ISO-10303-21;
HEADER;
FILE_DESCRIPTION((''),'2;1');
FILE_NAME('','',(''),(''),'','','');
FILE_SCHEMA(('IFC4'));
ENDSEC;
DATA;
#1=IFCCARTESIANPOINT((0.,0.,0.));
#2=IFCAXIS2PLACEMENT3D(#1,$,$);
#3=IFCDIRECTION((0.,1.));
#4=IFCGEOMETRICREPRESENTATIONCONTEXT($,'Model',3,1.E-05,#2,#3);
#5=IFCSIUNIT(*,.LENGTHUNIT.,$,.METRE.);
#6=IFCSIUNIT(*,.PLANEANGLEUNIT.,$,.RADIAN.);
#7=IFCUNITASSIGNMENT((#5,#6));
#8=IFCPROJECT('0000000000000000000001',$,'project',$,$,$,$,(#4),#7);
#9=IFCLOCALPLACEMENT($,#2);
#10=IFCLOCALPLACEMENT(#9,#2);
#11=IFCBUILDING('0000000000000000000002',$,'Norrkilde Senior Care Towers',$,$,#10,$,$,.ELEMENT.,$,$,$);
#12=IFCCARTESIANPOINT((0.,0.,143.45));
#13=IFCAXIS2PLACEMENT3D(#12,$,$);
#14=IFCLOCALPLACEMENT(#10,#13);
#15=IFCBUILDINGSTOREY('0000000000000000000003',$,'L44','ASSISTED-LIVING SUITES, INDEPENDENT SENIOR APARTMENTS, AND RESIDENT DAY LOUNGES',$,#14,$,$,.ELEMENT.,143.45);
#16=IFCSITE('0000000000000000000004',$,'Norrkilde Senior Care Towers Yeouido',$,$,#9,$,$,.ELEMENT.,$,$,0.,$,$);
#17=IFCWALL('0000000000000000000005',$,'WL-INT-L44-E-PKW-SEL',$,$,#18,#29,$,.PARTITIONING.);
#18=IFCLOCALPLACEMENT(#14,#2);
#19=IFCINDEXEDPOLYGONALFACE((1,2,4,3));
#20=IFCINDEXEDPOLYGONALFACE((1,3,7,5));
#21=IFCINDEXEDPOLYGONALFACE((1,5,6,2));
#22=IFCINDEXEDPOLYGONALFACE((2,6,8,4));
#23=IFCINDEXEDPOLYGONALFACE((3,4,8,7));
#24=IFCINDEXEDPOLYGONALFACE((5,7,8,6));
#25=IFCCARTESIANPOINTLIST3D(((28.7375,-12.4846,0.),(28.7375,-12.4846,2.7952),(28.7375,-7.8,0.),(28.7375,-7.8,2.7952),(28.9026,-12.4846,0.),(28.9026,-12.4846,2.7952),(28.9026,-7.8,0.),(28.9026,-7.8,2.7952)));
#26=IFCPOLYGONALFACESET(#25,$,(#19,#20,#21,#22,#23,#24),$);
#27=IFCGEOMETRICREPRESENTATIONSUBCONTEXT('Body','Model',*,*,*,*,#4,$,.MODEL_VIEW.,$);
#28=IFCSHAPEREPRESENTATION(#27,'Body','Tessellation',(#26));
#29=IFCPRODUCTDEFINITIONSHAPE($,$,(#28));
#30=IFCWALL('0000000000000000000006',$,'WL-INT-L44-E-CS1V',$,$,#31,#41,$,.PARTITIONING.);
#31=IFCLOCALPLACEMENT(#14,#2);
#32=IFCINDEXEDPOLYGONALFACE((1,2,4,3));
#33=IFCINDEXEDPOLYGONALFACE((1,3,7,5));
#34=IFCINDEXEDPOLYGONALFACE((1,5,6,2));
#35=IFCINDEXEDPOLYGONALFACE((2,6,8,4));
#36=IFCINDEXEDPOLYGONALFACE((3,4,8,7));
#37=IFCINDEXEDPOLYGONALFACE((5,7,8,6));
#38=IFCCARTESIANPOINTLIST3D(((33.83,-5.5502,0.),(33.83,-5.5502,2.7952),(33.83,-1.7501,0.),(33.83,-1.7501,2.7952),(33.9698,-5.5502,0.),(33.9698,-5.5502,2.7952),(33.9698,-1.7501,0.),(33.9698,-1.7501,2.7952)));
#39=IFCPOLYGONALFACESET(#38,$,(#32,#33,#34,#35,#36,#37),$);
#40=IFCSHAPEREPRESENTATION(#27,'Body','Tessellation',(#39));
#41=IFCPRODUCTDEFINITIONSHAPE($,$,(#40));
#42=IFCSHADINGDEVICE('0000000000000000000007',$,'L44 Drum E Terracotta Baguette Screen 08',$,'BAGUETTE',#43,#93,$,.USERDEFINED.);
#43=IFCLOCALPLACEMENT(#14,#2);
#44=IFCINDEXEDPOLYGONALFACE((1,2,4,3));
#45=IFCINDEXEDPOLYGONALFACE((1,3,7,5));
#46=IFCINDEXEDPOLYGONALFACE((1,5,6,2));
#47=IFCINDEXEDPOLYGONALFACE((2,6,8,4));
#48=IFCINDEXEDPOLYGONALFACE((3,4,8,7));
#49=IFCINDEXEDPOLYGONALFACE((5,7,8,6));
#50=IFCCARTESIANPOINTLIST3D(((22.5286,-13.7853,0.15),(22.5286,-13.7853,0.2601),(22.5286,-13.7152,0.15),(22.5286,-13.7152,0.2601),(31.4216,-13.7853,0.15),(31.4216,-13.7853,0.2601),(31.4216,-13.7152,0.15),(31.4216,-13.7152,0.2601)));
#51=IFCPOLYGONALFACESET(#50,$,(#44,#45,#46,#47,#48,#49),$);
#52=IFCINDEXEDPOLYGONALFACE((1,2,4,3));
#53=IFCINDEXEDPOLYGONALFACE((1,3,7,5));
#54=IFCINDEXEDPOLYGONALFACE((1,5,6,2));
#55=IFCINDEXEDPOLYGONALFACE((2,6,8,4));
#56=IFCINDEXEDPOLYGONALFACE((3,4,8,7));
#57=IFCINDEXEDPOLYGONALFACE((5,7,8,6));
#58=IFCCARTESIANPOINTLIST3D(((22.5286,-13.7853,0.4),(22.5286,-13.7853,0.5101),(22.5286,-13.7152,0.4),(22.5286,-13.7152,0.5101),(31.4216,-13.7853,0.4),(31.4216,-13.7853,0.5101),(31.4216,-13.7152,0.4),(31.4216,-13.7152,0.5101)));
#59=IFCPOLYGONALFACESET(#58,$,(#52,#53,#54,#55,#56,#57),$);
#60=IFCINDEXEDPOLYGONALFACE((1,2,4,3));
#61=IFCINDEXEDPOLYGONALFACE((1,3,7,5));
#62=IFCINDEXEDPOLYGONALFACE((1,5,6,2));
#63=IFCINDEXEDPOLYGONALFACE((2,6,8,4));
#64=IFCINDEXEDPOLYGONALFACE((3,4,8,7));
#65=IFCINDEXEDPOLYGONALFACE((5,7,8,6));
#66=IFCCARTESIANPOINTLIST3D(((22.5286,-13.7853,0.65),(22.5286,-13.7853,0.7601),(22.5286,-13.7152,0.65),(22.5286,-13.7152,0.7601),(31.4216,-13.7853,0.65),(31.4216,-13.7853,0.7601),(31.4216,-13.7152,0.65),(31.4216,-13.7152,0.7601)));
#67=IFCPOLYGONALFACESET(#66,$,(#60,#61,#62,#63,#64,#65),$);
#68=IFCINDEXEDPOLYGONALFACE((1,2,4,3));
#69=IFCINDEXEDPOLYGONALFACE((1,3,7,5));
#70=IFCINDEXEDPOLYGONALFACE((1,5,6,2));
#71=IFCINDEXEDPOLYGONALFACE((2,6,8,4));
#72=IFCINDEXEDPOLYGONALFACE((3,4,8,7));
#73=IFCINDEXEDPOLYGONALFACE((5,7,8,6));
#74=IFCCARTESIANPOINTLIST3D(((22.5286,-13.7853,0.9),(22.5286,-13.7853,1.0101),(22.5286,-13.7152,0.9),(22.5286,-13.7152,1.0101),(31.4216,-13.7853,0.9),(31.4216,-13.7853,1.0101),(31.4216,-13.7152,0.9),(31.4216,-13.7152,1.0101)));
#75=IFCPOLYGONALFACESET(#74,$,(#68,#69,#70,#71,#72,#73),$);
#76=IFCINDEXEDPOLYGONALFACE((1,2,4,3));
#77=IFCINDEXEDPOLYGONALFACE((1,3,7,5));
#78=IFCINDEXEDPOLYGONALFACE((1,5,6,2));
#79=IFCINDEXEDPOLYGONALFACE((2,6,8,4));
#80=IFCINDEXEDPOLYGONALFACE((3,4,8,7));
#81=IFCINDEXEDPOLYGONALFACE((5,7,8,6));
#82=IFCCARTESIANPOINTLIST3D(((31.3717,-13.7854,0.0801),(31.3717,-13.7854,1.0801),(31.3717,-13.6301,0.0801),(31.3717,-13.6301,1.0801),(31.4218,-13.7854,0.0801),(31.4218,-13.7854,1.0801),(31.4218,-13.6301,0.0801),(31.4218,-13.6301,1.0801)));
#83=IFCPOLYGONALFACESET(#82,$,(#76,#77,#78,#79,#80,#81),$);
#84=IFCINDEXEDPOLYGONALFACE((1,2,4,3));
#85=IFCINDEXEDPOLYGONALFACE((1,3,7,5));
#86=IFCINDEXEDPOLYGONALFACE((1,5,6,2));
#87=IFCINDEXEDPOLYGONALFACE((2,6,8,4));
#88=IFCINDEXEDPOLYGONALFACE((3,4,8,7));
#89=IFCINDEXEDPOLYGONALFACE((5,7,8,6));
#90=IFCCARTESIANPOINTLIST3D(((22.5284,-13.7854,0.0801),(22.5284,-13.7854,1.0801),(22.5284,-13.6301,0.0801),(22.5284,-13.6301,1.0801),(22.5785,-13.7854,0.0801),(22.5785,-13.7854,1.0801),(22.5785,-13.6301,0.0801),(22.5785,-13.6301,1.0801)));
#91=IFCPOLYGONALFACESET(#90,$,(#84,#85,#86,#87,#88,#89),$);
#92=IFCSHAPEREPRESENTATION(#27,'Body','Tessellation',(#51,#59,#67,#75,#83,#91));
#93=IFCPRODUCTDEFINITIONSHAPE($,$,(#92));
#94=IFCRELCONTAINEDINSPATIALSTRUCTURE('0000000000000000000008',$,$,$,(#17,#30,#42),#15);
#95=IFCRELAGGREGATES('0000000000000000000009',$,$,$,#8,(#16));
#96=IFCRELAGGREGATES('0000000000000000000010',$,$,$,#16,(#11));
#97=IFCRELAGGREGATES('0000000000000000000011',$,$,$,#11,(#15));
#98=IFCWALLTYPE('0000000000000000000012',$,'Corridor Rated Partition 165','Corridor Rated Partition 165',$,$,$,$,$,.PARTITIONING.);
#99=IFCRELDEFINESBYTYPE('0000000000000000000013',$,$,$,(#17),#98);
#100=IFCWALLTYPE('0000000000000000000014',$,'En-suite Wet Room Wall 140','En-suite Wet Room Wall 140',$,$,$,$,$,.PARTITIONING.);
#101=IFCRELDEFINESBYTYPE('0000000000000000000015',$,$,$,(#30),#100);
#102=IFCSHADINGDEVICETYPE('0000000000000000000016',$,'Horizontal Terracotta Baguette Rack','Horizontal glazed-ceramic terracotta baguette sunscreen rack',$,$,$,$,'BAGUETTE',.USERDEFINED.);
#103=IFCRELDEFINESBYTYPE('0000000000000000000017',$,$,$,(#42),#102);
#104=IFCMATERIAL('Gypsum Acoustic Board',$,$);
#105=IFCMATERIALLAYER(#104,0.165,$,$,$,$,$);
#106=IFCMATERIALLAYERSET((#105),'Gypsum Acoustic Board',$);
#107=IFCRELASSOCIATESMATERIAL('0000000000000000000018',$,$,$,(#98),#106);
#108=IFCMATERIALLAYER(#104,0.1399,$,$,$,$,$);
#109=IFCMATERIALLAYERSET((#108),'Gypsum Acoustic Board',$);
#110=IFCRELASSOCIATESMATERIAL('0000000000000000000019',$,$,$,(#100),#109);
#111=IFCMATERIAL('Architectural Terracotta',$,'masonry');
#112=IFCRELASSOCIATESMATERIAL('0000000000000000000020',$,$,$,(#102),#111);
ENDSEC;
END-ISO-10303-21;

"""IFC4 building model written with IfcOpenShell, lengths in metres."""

from ifc_helpers import new_model, si_unit, direction, frame, frame_2d, origin, origin_2d, place, context, subcontext, project, spatial, rectangle, extrude, source, transform, mapped, material, layer, layer_set, type_object, type_shapes, element, save


model = new_model("IFC4")

# Units and contexts
model_context = context("Model", 3, precision=1e-05, world=origin(), true_north=direction((0.0, 1.0)))
body_context = subcontext(model_context, "Body", "Model", "MODEL_VIEW")
ifc_project = project(units=[si_unit("LENGTHUNIT", "METRE"), si_unit("PLANEANGLEUNIT", "RADIAN")], contexts=[model_context])

# Site, building, storey
site_placement = place(None, origin())
site = spatial("IfcSite", under=ifc_project, at=site_placement, Name="Norrkilde Senior Care Towers Yeouido", CompositionType="ELEMENT", RefElevation=0.0)
building_placement = place(site_placement, origin())
building = spatial("IfcBuilding", under=site, at=building_placement, Name="Norrkilde Senior Care Towers", CompositionType="ELEMENT")
storey_placement = place(building_placement, frame((0.0, 0.0, 143.45)))
storey = spatial("IfcBuildingStorey", under=building, at=storey_placement, Name="L44", Description="ASSISTED-LIVING SUITES, INDEPENDENT SENIOR APARTMENTS, AND RESIDENT DAY LOUNGES", CompositionType="ELEMENT", Elevation=143.45)

# Shared definitions
ifc_material_1 = material(Name="Gypsum Acoustic Board")
ifc_layer_1 = layer(ifc_material_1, 0.165)
ifc_layer_set_1 = layer_set([ifc_layer_1], Name="Gypsum Acoustic Board")
wall_type_1 = type_object("IfcWallType", Name="Corridor Rated Partition 165", Description="Corridor Rated Partition 165", PredefinedType="PARTITIONING", material=ifc_layer_set_1)

# Shared definitions
shared_shape_1 = source(origin(), body_context, "Body", "SweptSolid", [
    extrude(rectangle(XDim=4.6846, YDim=0.165, at=frame_2d((2.3423, 0.0))), origin(), (0.0, 0.0, 1.0), 2.7952),
])

# Walls
wall_1_placement = place(storey_placement, frame((28.8201, -12.4846, 0.0), z_axis=(0.0, 0.0, 1.0), x_axis=(0.0, 1.0, 0.0)))
element("IfcWall", 1, at=wall_1_placement, inside=storey, type_object=wall_type_1, Name="WL-INT-L44-E-PKW-SEL", PredefinedType="PARTITIONING", context=body_context, shape_type="MappedRepresentation", body=[
    mapped(shared_shape_1, transform((0.0, 0.0, 0.0), x_axis=(1.0, 0.0, 0.0), y_axis=(0.0, 1.0, 0.0), z_axis=(0.0, 0.0, 1.0), scale=1.0)),
])
ifc_layer_2 = layer(ifc_material_1, 0.1399)
ifc_layer_set_2 = layer_set([ifc_layer_2], Name="Gypsum Acoustic Board")
wall_type_2 = type_object("IfcWallType", Name="En-suite Wet Room Wall 140", Description="En-suite Wet Room Wall 140", PredefinedType="PARTITIONING", material=ifc_layer_set_2)
shared_shape_2 = source(origin(), body_context, "Body", "SweptSolid", [
    extrude(rectangle(XDim=3.8, YDim=0.1399, at=frame_2d((1.8999, 0.0))), origin(), (0.0, 0.0, 1.0), 2.7952),
])
type_shapes(wall_type_2, [shared_shape_2])
wall_2_placement = place(storey_placement, frame((33.8999, -5.55, 0.0), z_axis=(0.0, 0.0, 1.0), x_axis=(0.0, 1.0, 0.0)))
element("IfcWall", 2, at=wall_2_placement, inside=storey, type_object=wall_type_2, Name="WL-INT-L44-E-CS1V", PredefinedType="PARTITIONING", context=body_context, shape_type="MappedRepresentation", body=[
    mapped(shared_shape_2, transform((0.0, 0.0, 0.0), x_axis=(1.0, 0.0, 0.0), y_axis=(0.0, 1.0, 0.0), z_axis=(0.0, 0.0, 1.0), scale=1.0)),
])

# Shading device
ifc_material_2 = material(Name="Architectural Terracotta", Category="masonry")
shading_device_type = type_object("IfcShadingDeviceType", Name="Horizontal Terracotta Baguette Rack", Description="Horizontal glazed-ceramic terracotta baguette sunscreen rack", ElementType="BAGUETTE", PredefinedType="USERDEFINED", material=ifc_material_2)
shared_shape_3 = source(origin(), body_context, "Body", "SweptSolid", [
    extrude(rectangle(XDim=0.0701, YDim=0.1101, at=origin_2d()), frame((0.0, 0.0901, 0.125), z_axis=(1.0, 0.0, 0.0), x_axis=(0.0, 1.0, 0.0)), (0.0, 0.0, 1.0), 8.8931),
    extrude(rectangle(XDim=0.0701, YDim=0.1101, at=origin_2d()), frame((0.0, 0.0901, 0.375), z_axis=(1.0, 0.0, 0.0), x_axis=(0.0, 1.0, 0.0)), (0.0, 0.0, 1.0), 8.8931),
    extrude(rectangle(XDim=0.0701, YDim=0.1101, at=origin_2d()), frame((0.0, 0.0901, 0.625), z_axis=(1.0, 0.0, 0.0), x_axis=(0.0, 1.0, 0.0)), (0.0, 0.0, 1.0), 8.8931),
    extrude(rectangle(XDim=0.0701, YDim=0.1101, at=origin_2d()), frame((0.0, 0.0901, 0.875), z_axis=(1.0, 0.0, 0.0), x_axis=(0.0, 1.0, 0.0)), (0.0, 0.0, 1.0), 8.8931),
    extrude(rectangle(XDim=0.05, YDim=0.1553, at=origin_2d()), frame((0.0249, 0.0476, 0.0)), (0.0, 0.0, 1.0), 1.0),
    extrude(rectangle(XDim=0.05, YDim=0.1553, at=origin_2d()), frame((8.8682, 0.0476, 0.0)), (0.0, 0.0, 1.0), 1.0),
])
type_shapes(shading_device_type, [shared_shape_3])
shading_device_placement = place(storey_placement, frame((31.4216, -13.6602, 0.0801), z_axis=(0.0, 0.0, 1.0), x_axis=(-1.0, 0.0, 0.0)))
element("IfcShadingDevice", 3, at=shading_device_placement, inside=storey, type_object=shading_device_type, Name="L44 Drum E Terracotta Baguette Screen 08", ObjectType="BAGUETTE", PredefinedType="USERDEFINED", context=body_context, shape_type="MappedRepresentation", body=[
    mapped(shared_shape_3, transform((0.0, 0.0, 0.0), x_axis=(1.0, 0.0, 0.0), y_axis=(0.0, 1.0, 0.0), z_axis=(0.0, 0.0, 1.0), scale=1.0)),
])

save(model, "model.ifc")
